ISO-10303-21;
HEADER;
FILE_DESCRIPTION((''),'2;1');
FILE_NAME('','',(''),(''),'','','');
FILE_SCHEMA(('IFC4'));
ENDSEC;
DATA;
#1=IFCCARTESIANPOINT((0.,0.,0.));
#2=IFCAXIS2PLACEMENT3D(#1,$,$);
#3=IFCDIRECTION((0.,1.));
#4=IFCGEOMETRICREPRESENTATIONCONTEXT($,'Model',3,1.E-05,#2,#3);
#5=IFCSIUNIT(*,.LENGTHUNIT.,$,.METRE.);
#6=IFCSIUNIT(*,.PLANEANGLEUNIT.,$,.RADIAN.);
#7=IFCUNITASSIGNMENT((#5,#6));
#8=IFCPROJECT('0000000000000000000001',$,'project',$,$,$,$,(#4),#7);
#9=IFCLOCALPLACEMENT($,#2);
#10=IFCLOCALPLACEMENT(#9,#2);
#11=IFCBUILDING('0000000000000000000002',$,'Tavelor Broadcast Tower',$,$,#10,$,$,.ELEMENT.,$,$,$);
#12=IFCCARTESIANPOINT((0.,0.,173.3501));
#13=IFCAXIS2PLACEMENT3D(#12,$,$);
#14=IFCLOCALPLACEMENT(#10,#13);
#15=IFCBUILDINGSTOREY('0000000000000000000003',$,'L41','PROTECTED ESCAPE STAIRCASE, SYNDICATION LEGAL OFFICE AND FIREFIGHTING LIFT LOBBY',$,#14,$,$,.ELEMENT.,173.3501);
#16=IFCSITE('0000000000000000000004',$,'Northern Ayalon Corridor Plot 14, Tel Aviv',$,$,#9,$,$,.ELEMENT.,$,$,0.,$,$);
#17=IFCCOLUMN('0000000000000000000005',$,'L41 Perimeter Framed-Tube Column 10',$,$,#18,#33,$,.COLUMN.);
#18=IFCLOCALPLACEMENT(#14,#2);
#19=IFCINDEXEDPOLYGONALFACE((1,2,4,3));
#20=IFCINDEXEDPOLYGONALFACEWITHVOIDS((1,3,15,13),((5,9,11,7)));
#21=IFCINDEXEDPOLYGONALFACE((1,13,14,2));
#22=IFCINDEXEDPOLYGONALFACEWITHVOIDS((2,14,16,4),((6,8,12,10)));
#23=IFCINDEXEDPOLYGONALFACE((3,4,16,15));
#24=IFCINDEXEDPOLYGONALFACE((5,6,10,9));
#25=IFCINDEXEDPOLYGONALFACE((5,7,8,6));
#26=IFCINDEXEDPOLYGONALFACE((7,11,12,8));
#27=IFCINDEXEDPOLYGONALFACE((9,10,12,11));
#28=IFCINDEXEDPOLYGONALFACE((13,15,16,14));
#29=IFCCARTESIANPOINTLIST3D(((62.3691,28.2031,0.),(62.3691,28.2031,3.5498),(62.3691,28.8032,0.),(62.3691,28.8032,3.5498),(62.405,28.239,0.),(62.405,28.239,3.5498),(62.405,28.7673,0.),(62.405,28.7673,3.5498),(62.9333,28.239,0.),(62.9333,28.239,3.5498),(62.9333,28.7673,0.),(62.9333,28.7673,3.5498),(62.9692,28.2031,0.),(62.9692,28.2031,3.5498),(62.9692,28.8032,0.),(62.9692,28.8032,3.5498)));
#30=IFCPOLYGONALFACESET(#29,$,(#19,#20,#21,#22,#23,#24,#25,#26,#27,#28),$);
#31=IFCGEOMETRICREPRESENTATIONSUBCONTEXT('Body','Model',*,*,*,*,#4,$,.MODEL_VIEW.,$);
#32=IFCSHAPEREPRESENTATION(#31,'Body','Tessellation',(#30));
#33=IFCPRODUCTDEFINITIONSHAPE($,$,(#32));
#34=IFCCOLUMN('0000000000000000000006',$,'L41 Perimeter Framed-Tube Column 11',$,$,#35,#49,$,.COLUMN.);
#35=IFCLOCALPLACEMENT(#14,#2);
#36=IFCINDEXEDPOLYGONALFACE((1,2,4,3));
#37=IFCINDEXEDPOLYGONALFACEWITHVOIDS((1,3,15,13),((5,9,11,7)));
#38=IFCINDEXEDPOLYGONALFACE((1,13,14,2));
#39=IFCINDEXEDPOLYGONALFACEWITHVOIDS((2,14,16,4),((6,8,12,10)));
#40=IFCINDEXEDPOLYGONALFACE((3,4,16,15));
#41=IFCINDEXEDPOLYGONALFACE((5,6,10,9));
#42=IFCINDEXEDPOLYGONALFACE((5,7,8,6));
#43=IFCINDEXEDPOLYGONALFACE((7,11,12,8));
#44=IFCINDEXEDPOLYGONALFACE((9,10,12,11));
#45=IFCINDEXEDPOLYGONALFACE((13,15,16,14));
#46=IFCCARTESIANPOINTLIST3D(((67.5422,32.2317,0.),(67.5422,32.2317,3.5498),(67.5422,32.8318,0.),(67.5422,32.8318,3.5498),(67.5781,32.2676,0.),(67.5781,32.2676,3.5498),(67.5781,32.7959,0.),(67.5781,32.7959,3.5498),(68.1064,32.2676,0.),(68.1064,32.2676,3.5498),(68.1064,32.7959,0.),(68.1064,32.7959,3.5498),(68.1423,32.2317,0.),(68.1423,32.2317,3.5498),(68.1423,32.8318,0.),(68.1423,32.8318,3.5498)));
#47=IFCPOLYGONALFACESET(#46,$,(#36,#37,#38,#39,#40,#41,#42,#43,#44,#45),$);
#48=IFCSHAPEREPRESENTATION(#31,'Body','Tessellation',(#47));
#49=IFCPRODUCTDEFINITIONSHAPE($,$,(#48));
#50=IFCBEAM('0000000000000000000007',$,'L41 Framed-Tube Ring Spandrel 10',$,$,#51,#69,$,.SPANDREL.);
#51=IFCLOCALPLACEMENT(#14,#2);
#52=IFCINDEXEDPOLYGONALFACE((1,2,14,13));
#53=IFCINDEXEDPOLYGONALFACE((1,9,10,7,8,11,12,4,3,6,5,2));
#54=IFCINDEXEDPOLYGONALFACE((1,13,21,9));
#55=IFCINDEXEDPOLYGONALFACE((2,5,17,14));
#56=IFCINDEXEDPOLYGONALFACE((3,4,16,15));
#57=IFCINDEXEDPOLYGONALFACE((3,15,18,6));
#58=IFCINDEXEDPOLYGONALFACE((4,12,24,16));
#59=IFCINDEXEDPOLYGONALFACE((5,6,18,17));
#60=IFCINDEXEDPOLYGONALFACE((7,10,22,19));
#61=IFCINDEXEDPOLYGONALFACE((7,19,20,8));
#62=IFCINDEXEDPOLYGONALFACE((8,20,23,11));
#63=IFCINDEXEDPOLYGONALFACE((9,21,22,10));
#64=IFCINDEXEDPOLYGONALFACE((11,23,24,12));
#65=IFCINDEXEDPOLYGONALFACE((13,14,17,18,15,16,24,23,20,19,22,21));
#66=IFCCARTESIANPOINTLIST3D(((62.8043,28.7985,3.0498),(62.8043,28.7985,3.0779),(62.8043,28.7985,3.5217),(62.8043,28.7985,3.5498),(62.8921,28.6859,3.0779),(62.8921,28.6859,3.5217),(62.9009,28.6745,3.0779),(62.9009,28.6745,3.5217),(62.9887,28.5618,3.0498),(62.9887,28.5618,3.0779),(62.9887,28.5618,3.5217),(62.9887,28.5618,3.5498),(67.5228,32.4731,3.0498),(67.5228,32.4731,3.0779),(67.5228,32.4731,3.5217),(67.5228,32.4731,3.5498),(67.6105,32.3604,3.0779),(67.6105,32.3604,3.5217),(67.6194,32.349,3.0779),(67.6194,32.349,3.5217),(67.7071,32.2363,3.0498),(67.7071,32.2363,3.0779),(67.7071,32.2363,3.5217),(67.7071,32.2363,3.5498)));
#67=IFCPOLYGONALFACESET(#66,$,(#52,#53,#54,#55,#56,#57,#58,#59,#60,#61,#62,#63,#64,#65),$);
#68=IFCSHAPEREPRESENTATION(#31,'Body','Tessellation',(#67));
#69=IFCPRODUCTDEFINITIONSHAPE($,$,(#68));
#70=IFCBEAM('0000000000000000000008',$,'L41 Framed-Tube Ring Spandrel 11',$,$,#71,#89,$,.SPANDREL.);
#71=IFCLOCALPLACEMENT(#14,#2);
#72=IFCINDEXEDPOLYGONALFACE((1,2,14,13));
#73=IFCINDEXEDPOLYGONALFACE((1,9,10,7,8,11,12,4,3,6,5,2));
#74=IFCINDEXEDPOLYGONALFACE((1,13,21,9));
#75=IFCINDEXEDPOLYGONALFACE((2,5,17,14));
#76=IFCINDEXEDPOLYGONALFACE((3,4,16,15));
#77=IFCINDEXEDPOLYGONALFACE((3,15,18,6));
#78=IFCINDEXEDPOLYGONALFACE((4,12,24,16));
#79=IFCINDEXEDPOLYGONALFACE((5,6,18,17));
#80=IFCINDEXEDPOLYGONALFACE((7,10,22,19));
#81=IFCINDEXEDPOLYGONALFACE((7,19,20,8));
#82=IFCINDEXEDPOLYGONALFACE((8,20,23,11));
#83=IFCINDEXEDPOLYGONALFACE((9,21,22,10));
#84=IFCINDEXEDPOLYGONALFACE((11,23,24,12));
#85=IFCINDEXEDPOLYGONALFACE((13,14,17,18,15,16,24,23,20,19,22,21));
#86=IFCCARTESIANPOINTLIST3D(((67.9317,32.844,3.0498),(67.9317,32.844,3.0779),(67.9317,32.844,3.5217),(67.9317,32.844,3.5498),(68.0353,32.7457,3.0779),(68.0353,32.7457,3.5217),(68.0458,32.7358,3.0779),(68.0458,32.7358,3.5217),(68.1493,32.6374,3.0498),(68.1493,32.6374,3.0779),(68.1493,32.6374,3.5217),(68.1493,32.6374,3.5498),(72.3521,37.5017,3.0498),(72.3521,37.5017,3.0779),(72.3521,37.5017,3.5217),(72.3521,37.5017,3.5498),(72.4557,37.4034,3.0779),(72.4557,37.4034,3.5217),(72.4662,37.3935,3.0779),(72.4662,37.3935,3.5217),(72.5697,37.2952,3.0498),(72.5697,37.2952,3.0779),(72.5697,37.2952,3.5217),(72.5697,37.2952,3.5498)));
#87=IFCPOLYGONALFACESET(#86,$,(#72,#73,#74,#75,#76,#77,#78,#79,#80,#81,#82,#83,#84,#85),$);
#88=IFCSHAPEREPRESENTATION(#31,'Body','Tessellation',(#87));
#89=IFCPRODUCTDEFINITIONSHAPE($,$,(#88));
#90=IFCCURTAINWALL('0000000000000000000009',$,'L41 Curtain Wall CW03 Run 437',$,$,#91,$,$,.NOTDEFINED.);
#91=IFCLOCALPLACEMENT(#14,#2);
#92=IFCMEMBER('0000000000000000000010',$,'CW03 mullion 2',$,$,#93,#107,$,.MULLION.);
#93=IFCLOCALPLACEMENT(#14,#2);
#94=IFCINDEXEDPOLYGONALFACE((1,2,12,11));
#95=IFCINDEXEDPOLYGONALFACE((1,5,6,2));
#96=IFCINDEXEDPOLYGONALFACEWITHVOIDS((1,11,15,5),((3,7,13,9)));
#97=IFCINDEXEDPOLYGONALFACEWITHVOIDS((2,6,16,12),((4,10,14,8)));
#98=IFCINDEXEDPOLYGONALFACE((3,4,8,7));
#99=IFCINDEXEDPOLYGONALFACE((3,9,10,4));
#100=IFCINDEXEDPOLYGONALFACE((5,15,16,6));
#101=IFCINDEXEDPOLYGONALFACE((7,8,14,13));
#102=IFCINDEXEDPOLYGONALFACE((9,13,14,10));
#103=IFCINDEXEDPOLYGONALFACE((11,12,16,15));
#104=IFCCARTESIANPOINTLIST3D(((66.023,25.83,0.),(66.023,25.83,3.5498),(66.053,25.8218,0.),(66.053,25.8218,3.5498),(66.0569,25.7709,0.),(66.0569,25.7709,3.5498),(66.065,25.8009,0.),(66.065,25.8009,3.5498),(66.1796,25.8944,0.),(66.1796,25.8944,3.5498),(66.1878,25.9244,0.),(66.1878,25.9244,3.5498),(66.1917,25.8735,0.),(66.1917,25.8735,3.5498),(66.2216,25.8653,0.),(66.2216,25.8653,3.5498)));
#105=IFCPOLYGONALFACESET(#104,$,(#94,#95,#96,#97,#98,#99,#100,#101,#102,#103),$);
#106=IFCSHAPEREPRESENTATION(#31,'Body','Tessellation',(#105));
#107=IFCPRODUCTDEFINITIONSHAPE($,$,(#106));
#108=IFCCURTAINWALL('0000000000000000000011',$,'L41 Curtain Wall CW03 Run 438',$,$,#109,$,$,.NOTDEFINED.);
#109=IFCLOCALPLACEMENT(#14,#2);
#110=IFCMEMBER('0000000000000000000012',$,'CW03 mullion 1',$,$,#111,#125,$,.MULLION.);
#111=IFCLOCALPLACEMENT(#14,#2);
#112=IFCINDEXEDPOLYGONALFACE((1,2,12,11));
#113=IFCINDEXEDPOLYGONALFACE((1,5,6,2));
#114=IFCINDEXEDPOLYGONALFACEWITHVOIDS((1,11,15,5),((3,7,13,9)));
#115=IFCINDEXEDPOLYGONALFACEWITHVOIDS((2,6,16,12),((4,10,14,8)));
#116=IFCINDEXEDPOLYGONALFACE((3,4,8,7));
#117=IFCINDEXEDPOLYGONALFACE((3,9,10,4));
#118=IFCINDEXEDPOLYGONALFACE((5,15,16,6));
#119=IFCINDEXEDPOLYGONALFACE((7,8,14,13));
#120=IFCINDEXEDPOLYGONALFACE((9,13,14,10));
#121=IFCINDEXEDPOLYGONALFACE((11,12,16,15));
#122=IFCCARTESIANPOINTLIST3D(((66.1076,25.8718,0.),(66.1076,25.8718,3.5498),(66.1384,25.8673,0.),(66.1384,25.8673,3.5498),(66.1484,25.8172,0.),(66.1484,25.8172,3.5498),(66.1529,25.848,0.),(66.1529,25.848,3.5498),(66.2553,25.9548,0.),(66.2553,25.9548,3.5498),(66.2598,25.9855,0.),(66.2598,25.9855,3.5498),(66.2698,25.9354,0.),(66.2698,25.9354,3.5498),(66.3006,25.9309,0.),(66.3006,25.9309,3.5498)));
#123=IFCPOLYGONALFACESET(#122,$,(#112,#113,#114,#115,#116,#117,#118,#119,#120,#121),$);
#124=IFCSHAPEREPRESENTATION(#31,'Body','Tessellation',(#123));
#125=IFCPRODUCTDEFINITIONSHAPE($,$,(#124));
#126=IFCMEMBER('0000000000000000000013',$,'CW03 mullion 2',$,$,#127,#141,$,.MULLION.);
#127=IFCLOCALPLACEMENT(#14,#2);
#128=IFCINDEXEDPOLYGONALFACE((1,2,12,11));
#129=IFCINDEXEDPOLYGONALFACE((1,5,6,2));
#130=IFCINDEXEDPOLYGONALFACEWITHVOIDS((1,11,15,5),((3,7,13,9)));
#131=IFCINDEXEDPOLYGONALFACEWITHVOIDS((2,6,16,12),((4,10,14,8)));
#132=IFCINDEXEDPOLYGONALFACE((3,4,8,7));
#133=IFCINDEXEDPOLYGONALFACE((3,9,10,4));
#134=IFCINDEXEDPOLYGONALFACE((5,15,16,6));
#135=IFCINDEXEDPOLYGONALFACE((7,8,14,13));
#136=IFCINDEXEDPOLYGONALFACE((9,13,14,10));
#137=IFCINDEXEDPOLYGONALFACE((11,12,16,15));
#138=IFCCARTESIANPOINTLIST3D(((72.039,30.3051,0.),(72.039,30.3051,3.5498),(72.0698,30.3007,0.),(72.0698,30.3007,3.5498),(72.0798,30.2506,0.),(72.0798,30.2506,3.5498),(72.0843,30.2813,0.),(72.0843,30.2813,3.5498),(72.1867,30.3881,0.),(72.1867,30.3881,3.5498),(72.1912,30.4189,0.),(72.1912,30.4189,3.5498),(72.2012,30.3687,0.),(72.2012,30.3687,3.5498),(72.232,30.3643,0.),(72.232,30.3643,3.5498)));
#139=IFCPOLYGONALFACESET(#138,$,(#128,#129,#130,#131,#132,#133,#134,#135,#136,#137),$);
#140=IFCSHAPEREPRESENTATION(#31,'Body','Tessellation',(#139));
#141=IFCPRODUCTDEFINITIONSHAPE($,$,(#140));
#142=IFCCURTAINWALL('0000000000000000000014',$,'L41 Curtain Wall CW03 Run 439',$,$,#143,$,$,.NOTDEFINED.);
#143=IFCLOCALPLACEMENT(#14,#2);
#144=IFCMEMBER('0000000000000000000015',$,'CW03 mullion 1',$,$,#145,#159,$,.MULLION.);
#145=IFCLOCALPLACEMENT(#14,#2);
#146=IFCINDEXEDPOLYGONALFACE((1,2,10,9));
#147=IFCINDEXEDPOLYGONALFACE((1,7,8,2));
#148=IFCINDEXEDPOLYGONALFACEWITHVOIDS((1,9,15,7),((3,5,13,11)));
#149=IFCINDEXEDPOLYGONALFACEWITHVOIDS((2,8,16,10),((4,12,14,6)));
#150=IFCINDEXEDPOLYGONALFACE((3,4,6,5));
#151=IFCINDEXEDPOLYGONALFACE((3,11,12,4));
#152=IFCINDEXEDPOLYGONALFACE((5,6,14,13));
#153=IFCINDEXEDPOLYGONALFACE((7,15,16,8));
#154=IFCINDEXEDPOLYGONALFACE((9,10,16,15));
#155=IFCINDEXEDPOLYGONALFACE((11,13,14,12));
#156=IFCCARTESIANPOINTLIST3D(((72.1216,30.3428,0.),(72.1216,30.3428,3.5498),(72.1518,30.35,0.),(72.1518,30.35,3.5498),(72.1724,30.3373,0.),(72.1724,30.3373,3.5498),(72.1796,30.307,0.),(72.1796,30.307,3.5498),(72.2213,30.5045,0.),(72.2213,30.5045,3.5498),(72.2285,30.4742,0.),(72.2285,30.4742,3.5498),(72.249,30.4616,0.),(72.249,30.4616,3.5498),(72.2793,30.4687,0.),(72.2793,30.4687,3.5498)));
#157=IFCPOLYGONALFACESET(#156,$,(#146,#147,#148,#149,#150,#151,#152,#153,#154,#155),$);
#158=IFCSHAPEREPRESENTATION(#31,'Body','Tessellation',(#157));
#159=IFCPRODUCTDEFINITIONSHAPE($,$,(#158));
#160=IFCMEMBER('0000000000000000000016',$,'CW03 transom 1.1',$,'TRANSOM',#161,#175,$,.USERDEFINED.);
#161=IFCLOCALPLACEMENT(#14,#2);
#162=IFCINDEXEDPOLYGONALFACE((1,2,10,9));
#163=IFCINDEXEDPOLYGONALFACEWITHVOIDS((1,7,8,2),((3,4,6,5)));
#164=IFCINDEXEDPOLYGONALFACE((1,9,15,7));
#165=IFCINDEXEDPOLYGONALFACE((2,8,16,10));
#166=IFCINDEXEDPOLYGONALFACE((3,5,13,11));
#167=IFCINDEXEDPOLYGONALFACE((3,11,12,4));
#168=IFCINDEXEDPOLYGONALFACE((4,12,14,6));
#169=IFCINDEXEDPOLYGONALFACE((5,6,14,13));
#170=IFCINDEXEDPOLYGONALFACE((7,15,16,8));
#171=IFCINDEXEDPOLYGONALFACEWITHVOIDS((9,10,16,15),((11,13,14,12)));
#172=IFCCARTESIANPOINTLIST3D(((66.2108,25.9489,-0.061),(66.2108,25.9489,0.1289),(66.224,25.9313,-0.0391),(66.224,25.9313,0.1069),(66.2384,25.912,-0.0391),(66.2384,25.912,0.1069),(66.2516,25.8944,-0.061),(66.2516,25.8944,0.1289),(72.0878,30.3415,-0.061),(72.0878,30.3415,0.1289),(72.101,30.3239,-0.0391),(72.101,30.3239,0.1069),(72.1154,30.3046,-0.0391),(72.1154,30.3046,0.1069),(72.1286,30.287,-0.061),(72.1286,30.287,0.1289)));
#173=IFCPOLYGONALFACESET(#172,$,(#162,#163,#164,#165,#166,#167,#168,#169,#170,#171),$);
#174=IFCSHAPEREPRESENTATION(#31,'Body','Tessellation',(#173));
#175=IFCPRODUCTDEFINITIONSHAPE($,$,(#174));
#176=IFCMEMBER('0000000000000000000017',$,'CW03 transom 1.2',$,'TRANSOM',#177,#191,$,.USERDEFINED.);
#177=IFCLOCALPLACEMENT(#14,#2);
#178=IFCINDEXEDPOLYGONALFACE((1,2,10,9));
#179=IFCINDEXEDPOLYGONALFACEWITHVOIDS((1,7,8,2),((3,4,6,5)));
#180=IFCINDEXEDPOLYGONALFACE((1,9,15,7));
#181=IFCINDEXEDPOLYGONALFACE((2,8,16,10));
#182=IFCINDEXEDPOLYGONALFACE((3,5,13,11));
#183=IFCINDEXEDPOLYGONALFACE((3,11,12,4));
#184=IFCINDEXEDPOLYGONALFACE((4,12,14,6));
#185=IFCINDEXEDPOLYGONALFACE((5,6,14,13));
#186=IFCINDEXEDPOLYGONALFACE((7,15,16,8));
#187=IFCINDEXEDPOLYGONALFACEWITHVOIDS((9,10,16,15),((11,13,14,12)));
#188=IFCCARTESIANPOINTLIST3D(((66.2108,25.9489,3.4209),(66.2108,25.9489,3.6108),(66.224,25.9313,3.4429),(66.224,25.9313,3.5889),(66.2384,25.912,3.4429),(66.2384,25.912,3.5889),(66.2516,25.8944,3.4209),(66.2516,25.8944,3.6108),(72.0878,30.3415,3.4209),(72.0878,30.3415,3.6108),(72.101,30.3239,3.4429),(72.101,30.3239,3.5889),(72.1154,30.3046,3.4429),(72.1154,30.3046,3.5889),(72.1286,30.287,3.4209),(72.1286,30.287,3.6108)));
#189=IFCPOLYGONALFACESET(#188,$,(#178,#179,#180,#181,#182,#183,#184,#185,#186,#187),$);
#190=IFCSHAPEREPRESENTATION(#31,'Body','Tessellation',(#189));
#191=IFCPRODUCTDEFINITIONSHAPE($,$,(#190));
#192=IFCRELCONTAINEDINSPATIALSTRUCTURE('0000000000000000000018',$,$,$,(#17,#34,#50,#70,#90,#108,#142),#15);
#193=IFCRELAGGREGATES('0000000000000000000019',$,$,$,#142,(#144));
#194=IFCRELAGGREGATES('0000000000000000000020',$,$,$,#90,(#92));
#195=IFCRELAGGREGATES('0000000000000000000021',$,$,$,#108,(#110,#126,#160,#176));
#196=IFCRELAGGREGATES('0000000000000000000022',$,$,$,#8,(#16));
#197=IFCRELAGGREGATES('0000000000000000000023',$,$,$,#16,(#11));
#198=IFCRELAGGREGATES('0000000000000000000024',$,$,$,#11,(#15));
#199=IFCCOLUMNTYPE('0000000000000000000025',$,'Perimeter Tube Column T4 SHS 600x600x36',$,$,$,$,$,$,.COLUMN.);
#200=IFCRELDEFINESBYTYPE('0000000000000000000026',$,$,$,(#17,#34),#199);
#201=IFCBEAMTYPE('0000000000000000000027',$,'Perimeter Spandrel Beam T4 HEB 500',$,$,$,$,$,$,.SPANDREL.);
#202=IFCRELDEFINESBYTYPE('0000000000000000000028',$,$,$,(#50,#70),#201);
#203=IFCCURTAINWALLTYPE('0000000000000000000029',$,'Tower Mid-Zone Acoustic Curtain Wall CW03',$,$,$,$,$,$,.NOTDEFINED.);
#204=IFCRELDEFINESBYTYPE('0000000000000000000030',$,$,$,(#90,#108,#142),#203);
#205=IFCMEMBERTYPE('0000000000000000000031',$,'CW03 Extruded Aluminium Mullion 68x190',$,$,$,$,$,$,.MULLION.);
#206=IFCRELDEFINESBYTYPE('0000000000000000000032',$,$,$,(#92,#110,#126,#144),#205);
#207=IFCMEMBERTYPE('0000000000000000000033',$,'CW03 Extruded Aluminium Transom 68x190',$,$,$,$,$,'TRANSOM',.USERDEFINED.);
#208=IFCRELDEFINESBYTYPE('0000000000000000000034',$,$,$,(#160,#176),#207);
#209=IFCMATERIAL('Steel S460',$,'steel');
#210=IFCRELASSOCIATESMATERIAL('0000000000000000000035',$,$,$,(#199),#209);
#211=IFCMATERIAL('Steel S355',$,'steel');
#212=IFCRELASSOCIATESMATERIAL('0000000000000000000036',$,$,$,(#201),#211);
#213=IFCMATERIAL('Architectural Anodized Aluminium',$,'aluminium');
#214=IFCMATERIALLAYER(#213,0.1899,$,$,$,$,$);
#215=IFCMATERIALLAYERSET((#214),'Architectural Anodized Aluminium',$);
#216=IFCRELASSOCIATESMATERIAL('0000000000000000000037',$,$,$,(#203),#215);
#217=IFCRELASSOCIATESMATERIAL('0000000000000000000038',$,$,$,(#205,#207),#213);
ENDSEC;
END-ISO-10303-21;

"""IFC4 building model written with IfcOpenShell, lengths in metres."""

from ifc_helpers import new_model, si_unit, direction, frame, origin, origin_2d, place, context, subcontext, project, spatial, hollow_rectangle, i_section, extrude, source, transform, mapped, material, layer, layer_set, material_profile, profile_set, type_object, type_shapes, element, aggregate, save


model = new_model("IFC4")

# Units and contexts
model_context = context("Model", 3, precision=1e-05, world=origin(), true_north=direction((0.0, 1.0)))
body_context = subcontext(model_context, "Body", "Model", "MODEL_VIEW")
ifc_project = project(units=[si_unit("LENGTHUNIT", "METRE"), si_unit("PLANEANGLEUNIT", "RADIAN")], contexts=[model_context])

# Site, building, storey
site_placement = place(None, origin())
site = spatial("IfcSite", under=ifc_project, at=site_placement, Name="Northern Ayalon Corridor Plot 14, Tel Aviv", CompositionType="ELEMENT", RefElevation=0.0)
building_placement = place(site_placement, origin())
building = spatial("IfcBuilding", under=site, at=building_placement, Name="Tavelor Broadcast Tower", CompositionType="ELEMENT")
storey_placement = place(building_placement, frame((0.0, 0.0, 173.3501)))
storey = spatial("IfcBuildingStorey", under=building, at=storey_placement, Name="L41", Description="PROTECTED ESCAPE STAIRCASE, SYNDICATION LEGAL OFFICE AND FIREFIGHTING LIFT LOBBY", CompositionType="ELEMENT", Elevation=173.3501)

# Columns
ifc_material_1 = material(Name="Steel S460", Category="steel")
ifc_material_profile_1 = material_profile(ifc_material_1, hollow_rectangle(XDim=0.6001, YDim=0.6001, WallThickness=0.0359, at=origin_2d()), Name="SHS 600x600x36")
ifc_profile_set_1 = profile_set([ifc_material_profile_1], Name="Steel S460")
column_type = type_object("IfcColumnType", Name="Perimeter Tube Column T4 SHS 600x600x36", PredefinedType="COLUMN", material=ifc_profile_set_1)
for number, where, z_axis, x_axis, name in (
    (1, (62.6692, 28.5032, 0.0), (0.0, 0.0, 1.0), (1.0, 0.0, 0.0), "L41 Perimeter Framed-Tube Column 10"),
    (2, (67.8423, 32.5317, 0.0), (0.0, 0.0, 1.0), (1.0, 0.0, 0.0), "L41 Perimeter Framed-Tube Column 11"),
):
    element("IfcColumn", number, at=place(storey_placement, frame(where, z_axis=z_axis, x_axis=x_axis)), inside=storey, type_object=column_type, Name=name, PredefinedType="COLUMN", context=body_context, shape_type="SweptSolid", body=[
        extrude(hollow_rectangle(XDim=0.6001, YDim=0.6001, WallThickness=0.0359, at=origin_2d()), origin(), (0.0, 0.0, 1.0), 3.5498),
    ])

# Beams
ifc_material_2 = material(Name="Steel S355", Category="steel")
ifc_material_profile_2 = material_profile(ifc_material_2, i_section(OverallWidth=0.3, OverallDepth=0.5, WebThickness=0.0144, FlangeThickness=0.0281, at=origin_2d()), Name="HEB 500")
ifc_profile_set_2 = profile_set([ifc_material_profile_2], Name="Steel S355")
beam_type = type_object("IfcBeamType", Name="Perimeter Spandrel Beam T4 HEB 500", PredefinedType="SPANDREL", material=ifc_profile_set_2)
beam_1_placement = place(storey_placement, frame((62.8965, 28.6802, 3.2998), z_axis=(0.788978, 0.614421, 0.0), x_axis=(-0.614421, 0.788978, 0.0)))
element("IfcBeam", 3, at=beam_1_placement, inside=storey, type_object=beam_type, Name="L41 Framed-Tube Ring Spandrel 10", PredefinedType="SPANDREL", context=body_context, shape_type="SweptSolid", body=[
    extrude(i_section(OverallWidth=0.3, OverallDepth=0.5, WebThickness=0.0144, FlangeThickness=0.0281, at=origin_2d()), origin(), (0.0, 0.0, 1.0), 5.9805),
])
beam_2_placement = place(storey_placement, frame((68.0405, 32.7407, 3.2998), z_axis=(0.688388, 0.725343, 0.0), x_axis=(-0.725343, 0.688388, 0.0)))
element("IfcBeam", 4, at=beam_2_placement, inside=storey, type_object=beam_type, Name="L41 Framed-Tube Ring Spandrel 11", PredefinedType="SPANDREL", context=body_context, shape_type="SweptSolid", body=[
    extrude(i_section(OverallWidth=0.3, OverallDepth=0.5, WebThickness=0.0144, FlangeThickness=0.0281, at=origin_2d()), origin(), (0.0, 0.0, 1.0), 6.4214),
])

# Curtain wall, member
ifc_material_3 = material(Name="Architectural Anodized Aluminium", Category="aluminium")
ifc_layer_1 = layer(ifc_material_3, 0.1899)
ifc_layer_set_1 = layer_set([ifc_layer_1], Name="Architectural Anodized Aluminium")
curtain_wall_type = type_object("IfcCurtainWallType", Name="Tower Mid-Zone Acoustic Curtain Wall CW03", PredefinedType="NOTDEFINED", material=ifc_layer_set_1)
curtain_wall_1_placement = place(storey_placement, origin())
curtain_wall_1 = element("IfcCurtainWall", 5, at=curtain_wall_1_placement, inside=storey, type_object=curtain_wall_type, Name="L41 Curtain Wall CW03 Run 437", PredefinedType="NOTDEFINED")
ifc_material_profile_3 = material_profile(ifc_material_3, hollow_rectangle(XDim=0.0681, YDim=0.1899, WallThickness=0.022, at=origin_2d()), Name="RHS 68x190x22")
ifc_profile_set_3 = profile_set([ifc_material_profile_3], Name="Architectural Anodized Aluminium")
member_type_1 = type_object("IfcMemberType", Name="CW03 Extruded Aluminium Mullion 68x190", PredefinedType="MULLION", material=ifc_profile_set_3)
shared_shape_1 = source(origin(), body_context, "Body", "SweptSolid", [
    extrude(hollow_rectangle(XDim=0.0681, YDim=0.1899, WallThickness=0.022, at=origin_2d()), origin(), (0.0, 0.0, 1.0), 3.5498),
])
type_shapes(member_type_1, [shared_shape_1])
member_1_placement = place(storey_placement, frame((66.1223, 25.8477, 0.0), z_axis=(0.0, 0.0, 1.0), x_axis=(-0.497354, 0.867548, 0.0)))
member_1 = element("IfcMember", 6, at=member_1_placement, type_object=member_type_1, Name="CW03 mullion 2", PredefinedType="MULLION", context=body_context, shape_type="MappedRepresentation", body=[
    mapped(shared_shape_1, transform((0.0, 0.0, 0.0), scale=1.0)),
])

# Curtain wall, members
curtain_wall_2_placement = place(storey_placement, origin())
curtain_wall_2 = element("IfcCurtainWall", 7, at=curtain_wall_2_placement, inside=storey, type_object=curtain_wall_type, Name="L41 Curtain Wall CW03 Run 438", PredefinedType="NOTDEFINED")
member_2_placement = place(storey_placement, frame((66.2041, 25.9014, 0.0), z_axis=(0.0, 0.0, 1.0), x_axis=(-0.598687, 0.800983, 0.0)))
member_2 = element("IfcMember", 8, at=member_2_placement, type_object=member_type_1, Name="CW03 mullion 1", PredefinedType="MULLION", context=body_context, shape_type="MappedRepresentation", body=[
    mapped(shared_shape_1, transform((0.0, 0.0, 0.0), scale=1.0)),
])
member_3_placement = place(storey_placement, frame((72.1355, 30.3347, 0.0), z_axis=(0.0, 0.0, 1.0), x_axis=(-0.598687, 0.800983, 0.0)))
member_3 = element("IfcMember", 9, at=member_3_placement, type_object=member_type_1, Name="CW03 mullion 2", PredefinedType="MULLION", context=body_context, shape_type="MappedRepresentation", body=[
    mapped(shared_shape_1, transform((0.0, 0.0, 0.0), scale=1.0)),
])

# Curtain wall, member
curtain_wall_3_placement = place(storey_placement, origin())
curtain_wall_3 = element("IfcCurtainWall", 10, at=curtain_wall_3_placement, inside=storey, type_object=curtain_wall_type, Name="L41 Curtain Wall CW03 Run 439", PredefinedType="NOTDEFINED")
member_4_placement = place(storey_placement, frame((72.2004, 30.4058, 0.0), z_axis=(0.0, 0.0, 1.0), x_axis=(-0.85122, 0.52481, 0.0)))
member_4 = element("IfcMember", 11, at=member_4_placement, type_object=member_type_1, Name="CW03 mullion 1", PredefinedType="MULLION", context=body_context, shape_type="MappedRepresentation", body=[
    mapped(shared_shape_1, transform((0.0, 0.0, 0.0), scale=1.0)),
])

# Members
ifc_material_profile_4 = material_profile(ifc_material_3, hollow_rectangle(XDim=0.0681, YDim=0.1899, WallThickness=0.022, at=origin_2d()), Name="RHS 68x190x22")
ifc_profile_set_4 = profile_set([ifc_material_profile_4], Name="Architectural Anodized Aluminium")
member_type_2 = type_object("IfcMemberType", Name="CW03 Extruded Aluminium Transom 68x190", ElementType="TRANSOM", PredefinedType="USERDEFINED", material=ifc_profile_set_4)
shared_shape_2 = source(origin(), body_context, "Body", "SweptSolid", [
    extrude(hollow_rectangle(XDim=0.0681, YDim=0.1899, WallThickness=0.022, at=origin_2d()), origin(), (0.0, 0.0, 1.0), 7.3372),
])
member_5_placement = place(storey_placement, frame((66.2312, 25.9216, 0.0339), z_axis=(0.800989, 0.598679, 0.0), x_axis=(-0.598679, 0.800989, 0.0)))
member_5 = element("IfcMember", 12, at=member_5_placement, type_object=member_type_2, Name="CW03 transom 1.1", ObjectType="TRANSOM", PredefinedType="USERDEFINED", context=body_context, shape_type="MappedRepresentation", body=[
    mapped(shared_shape_2, transform((0.0, 0.0, 0.0), scale=1.0)),
])
member_6_placement = place(storey_placement, frame((66.2312, 25.9216, 3.5159), z_axis=(0.800989, 0.598679, 0.0), x_axis=(-0.598679, 0.800989, 0.0)))
member_6 = element("IfcMember", 13, at=member_6_placement, type_object=member_type_2, Name="CW03 transom 1.2", ObjectType="TRANSOM", PredefinedType="USERDEFINED", context=body_context, shape_type="MappedRepresentation", body=[
    mapped(shared_shape_2, transform((0.0, 0.0, 0.0), scale=1.0)),
])
aggregate(curtain_wall_3, [member_4])

aggregate(curtain_wall_1, [member_1])
aggregate(curtain_wall_2, [member_2, member_3, member_5, member_6])

save(model, "model.ifc")
